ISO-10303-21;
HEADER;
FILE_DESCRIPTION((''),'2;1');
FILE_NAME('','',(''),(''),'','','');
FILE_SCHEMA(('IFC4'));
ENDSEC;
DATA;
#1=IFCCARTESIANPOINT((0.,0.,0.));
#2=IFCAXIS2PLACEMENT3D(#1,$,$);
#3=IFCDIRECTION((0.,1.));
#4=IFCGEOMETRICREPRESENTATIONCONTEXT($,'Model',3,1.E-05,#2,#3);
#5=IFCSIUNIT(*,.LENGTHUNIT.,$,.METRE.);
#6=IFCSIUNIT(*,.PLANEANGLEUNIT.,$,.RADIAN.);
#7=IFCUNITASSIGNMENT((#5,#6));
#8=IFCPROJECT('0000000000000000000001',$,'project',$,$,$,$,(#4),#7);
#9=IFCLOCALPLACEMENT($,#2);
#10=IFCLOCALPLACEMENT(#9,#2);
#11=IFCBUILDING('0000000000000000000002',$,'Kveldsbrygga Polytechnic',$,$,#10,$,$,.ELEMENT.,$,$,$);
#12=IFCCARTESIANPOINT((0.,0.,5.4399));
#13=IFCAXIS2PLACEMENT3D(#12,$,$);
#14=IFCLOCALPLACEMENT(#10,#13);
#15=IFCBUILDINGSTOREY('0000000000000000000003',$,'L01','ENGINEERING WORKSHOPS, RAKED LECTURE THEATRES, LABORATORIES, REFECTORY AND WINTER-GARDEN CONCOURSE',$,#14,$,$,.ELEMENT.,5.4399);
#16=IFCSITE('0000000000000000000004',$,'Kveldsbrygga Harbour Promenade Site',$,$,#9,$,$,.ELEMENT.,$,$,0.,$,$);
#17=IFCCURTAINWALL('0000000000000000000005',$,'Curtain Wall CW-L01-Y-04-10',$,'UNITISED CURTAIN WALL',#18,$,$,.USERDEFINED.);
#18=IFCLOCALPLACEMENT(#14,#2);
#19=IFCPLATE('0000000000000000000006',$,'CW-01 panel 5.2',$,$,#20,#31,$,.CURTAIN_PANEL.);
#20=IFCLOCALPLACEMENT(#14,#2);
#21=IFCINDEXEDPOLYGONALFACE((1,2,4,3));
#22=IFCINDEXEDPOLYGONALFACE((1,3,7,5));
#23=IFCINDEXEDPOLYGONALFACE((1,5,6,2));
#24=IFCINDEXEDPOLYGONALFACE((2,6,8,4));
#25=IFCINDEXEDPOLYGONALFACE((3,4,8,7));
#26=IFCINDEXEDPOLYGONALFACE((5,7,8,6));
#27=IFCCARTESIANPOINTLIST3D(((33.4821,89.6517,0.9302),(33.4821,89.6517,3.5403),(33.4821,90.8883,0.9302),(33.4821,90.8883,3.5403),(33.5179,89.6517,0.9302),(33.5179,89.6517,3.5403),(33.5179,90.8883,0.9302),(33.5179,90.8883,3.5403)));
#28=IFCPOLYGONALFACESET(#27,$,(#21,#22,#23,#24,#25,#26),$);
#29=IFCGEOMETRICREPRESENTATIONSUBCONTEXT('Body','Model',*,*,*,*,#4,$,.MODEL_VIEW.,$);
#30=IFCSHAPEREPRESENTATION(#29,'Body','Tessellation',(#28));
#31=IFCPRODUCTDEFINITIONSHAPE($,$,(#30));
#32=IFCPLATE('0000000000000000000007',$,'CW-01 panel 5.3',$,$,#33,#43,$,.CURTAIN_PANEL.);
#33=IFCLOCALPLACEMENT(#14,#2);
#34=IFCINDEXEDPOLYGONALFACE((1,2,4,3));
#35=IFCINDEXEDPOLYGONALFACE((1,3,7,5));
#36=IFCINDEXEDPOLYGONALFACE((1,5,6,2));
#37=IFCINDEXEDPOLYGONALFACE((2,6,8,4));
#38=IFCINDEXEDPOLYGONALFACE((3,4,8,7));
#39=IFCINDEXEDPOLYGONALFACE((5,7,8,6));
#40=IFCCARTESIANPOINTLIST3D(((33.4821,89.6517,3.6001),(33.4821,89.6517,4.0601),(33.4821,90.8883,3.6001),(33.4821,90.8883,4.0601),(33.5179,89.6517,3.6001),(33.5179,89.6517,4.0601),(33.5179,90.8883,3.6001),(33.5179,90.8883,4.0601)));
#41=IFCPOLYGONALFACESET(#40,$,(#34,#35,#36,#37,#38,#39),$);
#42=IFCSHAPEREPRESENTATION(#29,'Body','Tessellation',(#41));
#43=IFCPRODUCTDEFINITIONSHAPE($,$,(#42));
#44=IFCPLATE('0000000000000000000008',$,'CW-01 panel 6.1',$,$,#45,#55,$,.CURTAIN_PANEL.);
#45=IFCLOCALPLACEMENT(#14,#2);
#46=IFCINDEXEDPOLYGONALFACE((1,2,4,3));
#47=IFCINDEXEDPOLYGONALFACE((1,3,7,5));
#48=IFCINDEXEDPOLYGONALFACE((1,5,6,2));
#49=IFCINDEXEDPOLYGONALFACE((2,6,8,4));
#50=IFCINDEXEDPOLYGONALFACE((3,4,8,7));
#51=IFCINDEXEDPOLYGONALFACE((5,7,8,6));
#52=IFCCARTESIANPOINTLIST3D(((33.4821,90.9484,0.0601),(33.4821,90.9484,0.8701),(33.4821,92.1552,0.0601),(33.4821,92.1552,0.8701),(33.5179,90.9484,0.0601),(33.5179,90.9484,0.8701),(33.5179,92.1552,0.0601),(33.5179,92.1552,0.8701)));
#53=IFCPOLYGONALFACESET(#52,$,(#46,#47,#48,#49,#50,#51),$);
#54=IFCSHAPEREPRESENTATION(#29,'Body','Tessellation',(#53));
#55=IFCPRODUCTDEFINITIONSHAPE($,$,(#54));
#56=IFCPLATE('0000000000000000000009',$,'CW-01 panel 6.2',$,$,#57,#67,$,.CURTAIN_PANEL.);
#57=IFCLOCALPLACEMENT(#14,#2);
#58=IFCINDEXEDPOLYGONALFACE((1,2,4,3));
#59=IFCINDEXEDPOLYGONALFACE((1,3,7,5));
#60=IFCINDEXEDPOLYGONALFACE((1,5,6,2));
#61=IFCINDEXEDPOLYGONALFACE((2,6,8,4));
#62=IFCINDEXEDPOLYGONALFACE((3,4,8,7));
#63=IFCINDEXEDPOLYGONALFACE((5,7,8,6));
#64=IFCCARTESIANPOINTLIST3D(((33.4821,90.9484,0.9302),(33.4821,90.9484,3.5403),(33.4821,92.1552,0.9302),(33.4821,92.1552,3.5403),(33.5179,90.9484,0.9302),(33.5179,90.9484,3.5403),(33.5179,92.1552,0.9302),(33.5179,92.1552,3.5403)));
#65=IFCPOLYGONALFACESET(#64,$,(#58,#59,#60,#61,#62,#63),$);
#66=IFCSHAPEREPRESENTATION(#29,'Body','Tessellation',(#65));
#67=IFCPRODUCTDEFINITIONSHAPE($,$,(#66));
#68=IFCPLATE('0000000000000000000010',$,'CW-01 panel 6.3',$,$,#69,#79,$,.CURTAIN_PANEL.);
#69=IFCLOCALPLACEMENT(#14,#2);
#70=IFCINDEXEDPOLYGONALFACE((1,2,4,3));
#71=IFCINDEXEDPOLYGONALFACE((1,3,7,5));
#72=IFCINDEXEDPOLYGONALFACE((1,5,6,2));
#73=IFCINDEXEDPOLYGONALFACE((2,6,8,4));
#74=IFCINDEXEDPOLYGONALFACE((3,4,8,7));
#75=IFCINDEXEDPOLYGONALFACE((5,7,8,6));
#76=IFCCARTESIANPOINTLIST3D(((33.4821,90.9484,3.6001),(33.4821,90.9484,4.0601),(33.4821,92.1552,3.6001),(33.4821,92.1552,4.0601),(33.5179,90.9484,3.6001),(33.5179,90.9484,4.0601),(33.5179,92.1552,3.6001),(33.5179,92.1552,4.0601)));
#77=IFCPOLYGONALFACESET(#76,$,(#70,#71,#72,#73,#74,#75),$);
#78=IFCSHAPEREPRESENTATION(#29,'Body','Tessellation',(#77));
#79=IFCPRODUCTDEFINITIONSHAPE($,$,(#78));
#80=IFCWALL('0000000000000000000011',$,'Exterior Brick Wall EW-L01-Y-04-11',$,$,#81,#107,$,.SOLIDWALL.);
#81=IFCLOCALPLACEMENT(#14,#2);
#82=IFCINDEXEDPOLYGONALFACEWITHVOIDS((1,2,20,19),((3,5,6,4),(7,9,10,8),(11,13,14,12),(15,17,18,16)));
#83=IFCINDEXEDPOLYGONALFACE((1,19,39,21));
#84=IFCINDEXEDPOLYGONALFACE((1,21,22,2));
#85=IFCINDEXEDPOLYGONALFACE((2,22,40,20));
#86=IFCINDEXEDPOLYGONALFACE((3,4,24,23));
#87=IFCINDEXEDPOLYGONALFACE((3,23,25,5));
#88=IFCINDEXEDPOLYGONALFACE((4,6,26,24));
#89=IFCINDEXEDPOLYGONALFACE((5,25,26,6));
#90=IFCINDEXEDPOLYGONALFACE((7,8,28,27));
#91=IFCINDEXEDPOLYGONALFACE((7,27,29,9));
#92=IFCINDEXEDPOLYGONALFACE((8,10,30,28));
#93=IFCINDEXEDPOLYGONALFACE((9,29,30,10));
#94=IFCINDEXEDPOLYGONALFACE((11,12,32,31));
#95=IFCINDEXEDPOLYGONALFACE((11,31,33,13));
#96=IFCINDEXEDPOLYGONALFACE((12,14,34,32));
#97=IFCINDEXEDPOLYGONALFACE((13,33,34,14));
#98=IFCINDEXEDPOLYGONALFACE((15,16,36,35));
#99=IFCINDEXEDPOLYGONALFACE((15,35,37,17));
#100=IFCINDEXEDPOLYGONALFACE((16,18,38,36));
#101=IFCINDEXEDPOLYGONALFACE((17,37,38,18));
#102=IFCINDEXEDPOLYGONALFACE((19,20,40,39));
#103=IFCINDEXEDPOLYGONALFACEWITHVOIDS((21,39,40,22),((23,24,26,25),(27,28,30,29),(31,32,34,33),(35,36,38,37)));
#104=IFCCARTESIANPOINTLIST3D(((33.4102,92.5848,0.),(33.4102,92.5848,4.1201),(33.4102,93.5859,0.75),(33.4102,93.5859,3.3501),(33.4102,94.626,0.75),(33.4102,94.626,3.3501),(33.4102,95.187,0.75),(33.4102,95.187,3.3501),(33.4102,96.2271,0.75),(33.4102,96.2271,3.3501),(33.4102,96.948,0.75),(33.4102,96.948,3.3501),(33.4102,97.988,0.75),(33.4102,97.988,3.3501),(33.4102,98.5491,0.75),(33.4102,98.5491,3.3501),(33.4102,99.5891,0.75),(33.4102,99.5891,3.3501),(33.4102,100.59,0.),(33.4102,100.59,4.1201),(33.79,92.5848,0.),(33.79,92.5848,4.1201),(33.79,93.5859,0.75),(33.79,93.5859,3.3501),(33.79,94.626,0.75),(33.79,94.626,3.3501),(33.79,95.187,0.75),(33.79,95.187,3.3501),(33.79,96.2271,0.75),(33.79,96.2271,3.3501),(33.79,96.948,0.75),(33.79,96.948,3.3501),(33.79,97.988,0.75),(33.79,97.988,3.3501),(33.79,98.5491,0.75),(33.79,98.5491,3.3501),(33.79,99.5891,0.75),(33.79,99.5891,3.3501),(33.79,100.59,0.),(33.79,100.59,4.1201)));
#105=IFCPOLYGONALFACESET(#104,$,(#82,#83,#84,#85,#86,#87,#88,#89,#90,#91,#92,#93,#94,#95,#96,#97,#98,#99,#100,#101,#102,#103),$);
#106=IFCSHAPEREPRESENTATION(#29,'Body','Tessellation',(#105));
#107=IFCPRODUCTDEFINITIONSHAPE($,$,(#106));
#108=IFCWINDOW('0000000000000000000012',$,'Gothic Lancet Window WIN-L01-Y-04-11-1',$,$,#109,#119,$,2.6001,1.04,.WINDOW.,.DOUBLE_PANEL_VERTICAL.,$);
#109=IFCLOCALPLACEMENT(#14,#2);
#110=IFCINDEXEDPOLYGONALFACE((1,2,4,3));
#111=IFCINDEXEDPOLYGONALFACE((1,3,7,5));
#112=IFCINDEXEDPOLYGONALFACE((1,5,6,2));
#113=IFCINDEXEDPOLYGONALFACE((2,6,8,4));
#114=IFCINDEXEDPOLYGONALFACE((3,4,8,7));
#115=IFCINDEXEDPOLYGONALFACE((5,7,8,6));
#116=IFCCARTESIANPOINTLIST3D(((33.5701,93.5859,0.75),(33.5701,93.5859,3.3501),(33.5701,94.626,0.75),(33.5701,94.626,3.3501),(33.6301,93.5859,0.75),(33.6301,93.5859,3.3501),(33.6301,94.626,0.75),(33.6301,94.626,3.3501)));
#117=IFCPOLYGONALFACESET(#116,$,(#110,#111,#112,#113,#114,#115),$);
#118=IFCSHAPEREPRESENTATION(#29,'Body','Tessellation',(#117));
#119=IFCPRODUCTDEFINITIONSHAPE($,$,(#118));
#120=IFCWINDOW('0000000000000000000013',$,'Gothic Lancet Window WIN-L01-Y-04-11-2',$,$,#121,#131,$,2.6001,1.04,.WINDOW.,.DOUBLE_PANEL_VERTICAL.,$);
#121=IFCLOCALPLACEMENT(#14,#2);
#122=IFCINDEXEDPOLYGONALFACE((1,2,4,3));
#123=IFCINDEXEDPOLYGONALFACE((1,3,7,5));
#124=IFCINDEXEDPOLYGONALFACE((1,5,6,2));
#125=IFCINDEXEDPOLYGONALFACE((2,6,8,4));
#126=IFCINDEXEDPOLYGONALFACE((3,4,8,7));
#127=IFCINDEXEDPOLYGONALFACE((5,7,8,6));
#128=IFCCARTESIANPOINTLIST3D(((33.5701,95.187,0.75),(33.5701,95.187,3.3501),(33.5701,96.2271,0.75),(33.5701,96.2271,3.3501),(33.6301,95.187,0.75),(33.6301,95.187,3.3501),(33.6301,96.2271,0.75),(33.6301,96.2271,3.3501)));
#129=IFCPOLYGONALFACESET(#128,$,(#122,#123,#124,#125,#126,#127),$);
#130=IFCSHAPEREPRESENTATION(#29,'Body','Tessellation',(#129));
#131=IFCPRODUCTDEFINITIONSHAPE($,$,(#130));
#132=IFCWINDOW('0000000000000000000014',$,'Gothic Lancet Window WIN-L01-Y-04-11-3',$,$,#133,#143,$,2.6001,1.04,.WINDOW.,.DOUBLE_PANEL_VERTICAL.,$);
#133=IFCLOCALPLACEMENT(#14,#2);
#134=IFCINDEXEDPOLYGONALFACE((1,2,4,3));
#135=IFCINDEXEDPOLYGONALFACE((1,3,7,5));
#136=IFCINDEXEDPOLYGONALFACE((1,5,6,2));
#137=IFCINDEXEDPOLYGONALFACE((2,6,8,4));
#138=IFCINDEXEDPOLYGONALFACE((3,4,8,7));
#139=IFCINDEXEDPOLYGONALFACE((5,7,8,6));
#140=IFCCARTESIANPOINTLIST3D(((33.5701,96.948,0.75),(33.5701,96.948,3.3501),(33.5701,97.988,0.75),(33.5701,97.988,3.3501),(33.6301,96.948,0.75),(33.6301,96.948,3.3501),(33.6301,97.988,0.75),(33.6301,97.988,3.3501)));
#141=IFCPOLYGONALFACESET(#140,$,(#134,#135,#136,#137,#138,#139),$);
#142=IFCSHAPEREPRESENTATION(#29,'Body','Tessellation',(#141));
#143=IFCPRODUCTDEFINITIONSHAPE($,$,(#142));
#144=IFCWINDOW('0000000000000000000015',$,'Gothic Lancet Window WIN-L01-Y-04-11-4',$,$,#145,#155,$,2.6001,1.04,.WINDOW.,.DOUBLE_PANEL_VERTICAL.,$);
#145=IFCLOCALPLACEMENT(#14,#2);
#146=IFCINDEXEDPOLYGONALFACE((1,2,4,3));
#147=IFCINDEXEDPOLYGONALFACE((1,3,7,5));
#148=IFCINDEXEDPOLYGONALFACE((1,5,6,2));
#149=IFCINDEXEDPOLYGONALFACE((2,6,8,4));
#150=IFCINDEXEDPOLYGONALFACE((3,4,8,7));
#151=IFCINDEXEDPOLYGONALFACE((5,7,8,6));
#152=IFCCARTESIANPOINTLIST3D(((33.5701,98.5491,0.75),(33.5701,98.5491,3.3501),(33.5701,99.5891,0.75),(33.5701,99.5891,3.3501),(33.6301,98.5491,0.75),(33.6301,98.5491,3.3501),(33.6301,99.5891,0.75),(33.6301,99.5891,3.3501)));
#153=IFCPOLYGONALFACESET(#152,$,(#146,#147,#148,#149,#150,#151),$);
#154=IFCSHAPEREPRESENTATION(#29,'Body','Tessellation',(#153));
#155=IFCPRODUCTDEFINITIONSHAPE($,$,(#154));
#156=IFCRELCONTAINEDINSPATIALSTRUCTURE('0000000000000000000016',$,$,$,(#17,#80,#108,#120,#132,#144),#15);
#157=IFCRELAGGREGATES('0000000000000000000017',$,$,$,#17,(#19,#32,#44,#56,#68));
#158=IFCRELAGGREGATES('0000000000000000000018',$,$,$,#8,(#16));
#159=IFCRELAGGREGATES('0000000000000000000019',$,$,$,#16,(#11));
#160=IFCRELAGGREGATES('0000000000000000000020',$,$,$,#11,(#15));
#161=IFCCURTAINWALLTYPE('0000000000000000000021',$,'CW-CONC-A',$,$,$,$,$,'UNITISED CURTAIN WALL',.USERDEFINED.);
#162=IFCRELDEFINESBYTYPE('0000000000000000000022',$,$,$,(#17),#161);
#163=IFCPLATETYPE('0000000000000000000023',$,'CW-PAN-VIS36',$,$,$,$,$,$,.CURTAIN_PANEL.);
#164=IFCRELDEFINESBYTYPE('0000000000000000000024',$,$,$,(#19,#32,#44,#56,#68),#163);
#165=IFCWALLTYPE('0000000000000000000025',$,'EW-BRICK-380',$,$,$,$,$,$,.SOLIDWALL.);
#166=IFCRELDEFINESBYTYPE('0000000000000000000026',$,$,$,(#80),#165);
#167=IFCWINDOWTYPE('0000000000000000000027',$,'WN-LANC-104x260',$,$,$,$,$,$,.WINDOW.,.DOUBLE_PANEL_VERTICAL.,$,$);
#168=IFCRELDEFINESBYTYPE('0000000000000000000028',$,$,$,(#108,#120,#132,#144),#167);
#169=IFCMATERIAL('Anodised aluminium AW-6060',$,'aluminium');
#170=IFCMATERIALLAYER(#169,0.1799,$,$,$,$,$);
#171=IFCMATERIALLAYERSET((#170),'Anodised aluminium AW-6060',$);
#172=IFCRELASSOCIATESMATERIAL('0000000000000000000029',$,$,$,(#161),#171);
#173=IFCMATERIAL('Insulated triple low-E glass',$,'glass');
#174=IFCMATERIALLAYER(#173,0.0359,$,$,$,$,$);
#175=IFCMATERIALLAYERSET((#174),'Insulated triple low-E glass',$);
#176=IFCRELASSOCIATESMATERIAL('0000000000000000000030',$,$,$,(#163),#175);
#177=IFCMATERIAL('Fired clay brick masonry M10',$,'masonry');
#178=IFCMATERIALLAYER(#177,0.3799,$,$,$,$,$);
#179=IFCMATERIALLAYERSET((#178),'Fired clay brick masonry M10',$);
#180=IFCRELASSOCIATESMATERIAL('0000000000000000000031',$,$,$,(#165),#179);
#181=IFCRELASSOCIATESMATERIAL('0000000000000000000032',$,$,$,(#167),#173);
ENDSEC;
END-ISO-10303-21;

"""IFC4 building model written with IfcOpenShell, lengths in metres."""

from ifc_helpers import new_model, si_unit, direction, frame, frame_2d, origin, origin_2d, place, context, subcontext, project, spatial, rectangle, extrude, material, layer, layer_set, type_object, element, fill, aggregate, save


model = new_model("IFC4")

# Units and contexts
model_context = context("Model", 3, precision=1e-05, world=origin(), true_north=direction((0.0, 1.0)))
body_context = subcontext(model_context, "Body", "Model", "MODEL_VIEW")
ifc_project = project(units=[si_unit("LENGTHUNIT", "METRE"), si_unit("PLANEANGLEUNIT", "RADIAN")], contexts=[model_context])

# Site, building, storey
site_placement = place(None, origin())
site = spatial("IfcSite", under=ifc_project, at=site_placement, Name="Kveldsbrygga Harbour Promenade Site", CompositionType="ELEMENT", RefElevation=0.0)
building_placement = place(site_placement, origin())
building = spatial("IfcBuilding", under=site, at=building_placement, Name="Kveldsbrygga Polytechnic", CompositionType="ELEMENT")
storey_placement = place(building_placement, frame((0.0, 0.0, 5.4399)))
storey = spatial("IfcBuildingStorey", under=building, at=storey_placement, Name="L01", Description="ENGINEERING WORKSHOPS, RAKED LECTURE THEATRES, LABORATORIES, REFECTORY AND WINTER-GARDEN CONCOURSE", CompositionType="ELEMENT", Elevation=5.4399)

# Curtain wall
ifc_material_1 = material(Name="Anodised aluminium AW-6060", Category="aluminium")
ifc_layer_1 = layer(ifc_material_1, 0.1799)
ifc_layer_set_1 = layer_set([ifc_layer_1], Name="Anodised aluminium AW-6060")
curtain_wall_type = type_object("IfcCurtainWallType", Name="CW-CONC-A", ElementType="UNITISED CURTAIN WALL", PredefinedType="USERDEFINED", material=ifc_layer_set_1)
curtain_wall_placement = place(storey_placement, origin())
curtain_wall = element("IfcCurtainWall", 1, at=curtain_wall_placement, inside=storey, type_object=curtain_wall_type, Name="Curtain Wall CW-L01-Y-04-10", ObjectType="UNITISED CURTAIN WALL", PredefinedType="USERDEFINED")

# Plates
ifc_material_2 = material(Name="Insulated triple low-E glass", Category="glass")
ifc_layer_2 = layer(ifc_material_2, 0.0359)
ifc_layer_set_2 = layer_set([ifc_layer_2], Name="Insulated triple low-E glass")
plate_type_1 = type_object("IfcPlateType", Name="CW-PAN-VIS36", PredefinedType="CURTAIN_PANEL", material=ifc_layer_set_2)
plate_1_placement = place(storey_placement, frame((33.5, 90.27, 0.9302), z_axis=(0.0, 0.0, 1.0), x_axis=(0.0, 1.0, 0.0)))
plate_1 = element("IfcPlate", 2, at=plate_1_placement, type_object=plate_type_1, Name="CW-01 panel 5.2", PredefinedType="CURTAIN_PANEL", context=body_context, shape_type="SweptSolid", body=[
    extrude(rectangle(XDim=1.2366, YDim=0.0359, at=origin_2d()), origin(), (0.0, 0.0, 1.0), 2.6101),
])
plate_2_placement = place(storey_placement, frame((33.5, 90.27, 3.6001), z_axis=(0.0, 0.0, 1.0), x_axis=(0.0, 1.0, 0.0)))
plate_2 = element("IfcPlate", 3, at=plate_2_placement, type_object=plate_type_1, Name="CW-01 panel 5.3", PredefinedType="CURTAIN_PANEL", context=body_context, shape_type="SweptSolid", body=[
    extrude(rectangle(XDim=1.2366, YDim=0.0359, at=origin_2d()), origin(), (0.0, 0.0, 1.0), 0.46),
])
plate_3_placement = place(storey_placement, frame((33.5, 91.5518, 0.0601), z_axis=(0.0, 0.0, 1.0), x_axis=(0.0, 1.0, 0.0)))
plate_3 = element("IfcPlate", 4, at=plate_3_placement, type_object=plate_type_1, Name="CW-01 panel 6.1", PredefinedType="CURTAIN_PANEL", context=body_context, shape_type="SweptSolid", body=[
    extrude(rectangle(XDim=1.2068, YDim=0.0359, at=origin_2d()), origin(), (0.0, 0.0, 1.0), 0.8101),
])
plate_4_placement = place(storey_placement, frame((33.5, 91.5518, 0.9302), z_axis=(0.0, 0.0, 1.0), x_axis=(0.0, 1.0, 0.0)))
plate_4 = element("IfcPlate", 5, at=plate_4_placement, type_object=plate_type_1, Name="CW-01 panel 6.2", PredefinedType="CURTAIN_PANEL", context=body_context, shape_type="SweptSolid", body=[
    extrude(rectangle(XDim=1.2068, YDim=0.0359, at=origin_2d()), origin(), (0.0, 0.0, 1.0), 2.6101),
])
plate_5_placement = place(storey_placement, frame((33.5, 91.5518, 3.6001), z_axis=(0.0, 0.0, 1.0), x_axis=(0.0, 1.0, 0.0)))
plate_5 = element("IfcPlate", 6, at=plate_5_placement, type_object=plate_type_1, Name="CW-01 panel 6.3", PredefinedType="CURTAIN_PANEL", context=body_context, shape_type="SweptSolid", body=[
    extrude(rectangle(XDim=1.2068, YDim=0.0359, at=origin_2d()), origin(), (0.0, 0.0, 1.0), 0.46),
])
aggregate(curtain_wall, [plate_1, plate_2, plate_3, plate_4, plate_5])

# Wall, openings, windows
ifc_material_3 = material(Name="Fired clay brick masonry M10", Category="masonry")
ifc_layer_3 = layer(ifc_material_3, 0.3799)
ifc_layer_set_3 = layer_set([ifc_layer_3], Name="Fired clay brick masonry M10")
wall_type = type_object("IfcWallType", Name="EW-BRICK-380", PredefinedType="SOLIDWALL", material=ifc_layer_set_3)
wall_placement = place(storey_placement, frame((33.6001, 92.585, 0.0), z_axis=(0.0, 0.0, 1.0), x_axis=(0.0, 1.0, 0.0)))
wall = element("IfcWall", 7, at=wall_placement, inside=storey, type_object=wall_type, Name="Exterior Brick Wall EW-L01-Y-04-11", PredefinedType="SOLIDWALL", context=body_context, shape_type="SweptSolid", body=[
    extrude(rectangle(XDim=8.0051, YDim=0.3799, at=frame_2d((4.0024, 0.0))), origin(), (0.0, 0.0, 1.0), 4.1201),
])
opening_1_placement = place(wall_placement, frame((1.001, 0.0, 0.75)))
opening_1 = element("IfcOpeningElement", 8, at=opening_1_placement, cuts=wall, PredefinedType="OPENING", context=body_context, shape_type="SweptSolid", body=[
    extrude(rectangle(XDim=1.04, YDim=2.6001, at=frame_2d((0.52, 1.3))), frame((0.0, 0.2, 0.0), z_axis=(0.0, -1.0, 0.0), x_axis=(1.0, 0.0, 0.0)), (0.0, 0.0, 1.0), 0.3999),
])
opening_2_placement = place(wall_placement, frame((2.6021, 0.0, 0.75)))
opening_2 = element("IfcOpeningElement", 9, at=opening_2_placement, cuts=wall, PredefinedType="OPENING", context=body_context, shape_type="SweptSolid", body=[
    extrude(rectangle(XDim=1.04, YDim=2.6001, at=frame_2d((0.52, 1.3))), frame((0.0, 0.2, 0.0), z_axis=(0.0, -1.0, 0.0), x_axis=(1.0, 0.0, 0.0)), (0.0, 0.0, 1.0), 0.3999),
])
opening_3_placement = place(wall_placement, frame((4.363, 0.0, 0.75)))
opening_3 = element("IfcOpeningElement", 10, at=opening_3_placement, cuts=wall, PredefinedType="OPENING", context=body_context, shape_type="SweptSolid", body=[
    extrude(rectangle(XDim=1.04, YDim=2.6001, at=frame_2d((0.52, 1.3))), frame((0.0, 0.2, 0.0), z_axis=(0.0, -1.0, 0.0), x_axis=(1.0, 0.0, 0.0)), (0.0, 0.0, 1.0), 0.3999),
])
opening_4_placement = place(wall_placement, frame((5.9641, 0.0, 0.75)))
opening_4 = element("IfcOpeningElement", 11, at=opening_4_placement, cuts=wall, PredefinedType="OPENING", context=body_context, shape_type="SweptSolid", body=[
    extrude(rectangle(XDim=1.04, YDim=2.6001, at=frame_2d((0.52, 1.3))), frame((0.0, 0.2, 0.0), z_axis=(0.0, -1.0, 0.0), x_axis=(1.0, 0.0, 0.0)), (0.0, 0.0, 1.0), 0.3999),
])
window_type = type_object("IfcWindowType", Name="WN-LANC-104x260", PartitioningType="DOUBLE_PANEL_VERTICAL", PredefinedType="WINDOW", material=ifc_material_2)
window_1_placement = place(opening_1_placement, origin())
window_1 = element("IfcWindow", 12, at=window_1_placement, inside=storey, type_object=window_type, Name="Gothic Lancet Window WIN-L01-Y-04-11-1", OverallHeight=2.6001, OverallWidth=1.04, PartitioningType="DOUBLE_PANEL_VERTICAL", PredefinedType="WINDOW", context=body_context, shape_type="SweptSolid", body=[
    extrude(rectangle(XDim=1.04, YDim=2.6001, at=frame_2d((0.52, 1.3))), frame((0.0, 0.03, 0.0), z_axis=(0.0, -1.0, 0.0), x_axis=(1.0, 0.0, 0.0)), (0.0, 0.0, 1.0), 0.0601),
])
fill(opening_1, window_1)
window_2_placement = place(opening_2_placement, origin())
window_2 = element("IfcWindow", 13, at=window_2_placement, inside=storey, type_object=window_type, Name="Gothic Lancet Window WIN-L01-Y-04-11-2", OverallHeight=2.6001, OverallWidth=1.04, PartitioningType="DOUBLE_PANEL_VERTICAL", PredefinedType="WINDOW", context=body_context, shape_type="SweptSolid", body=[
    extrude(rectangle(XDim=1.04, YDim=2.6001, at=frame_2d((0.52, 1.3))), frame((0.0, 0.03, 0.0), z_axis=(0.0, -1.0, 0.0), x_axis=(1.0, 0.0, 0.0)), (0.0, 0.0, 1.0), 0.0601),
])
fill(opening_2, window_2)
window_3_placement = place(opening_3_placement, origin())
window_3 = element("IfcWindow", 14, at=window_3_placement, inside=storey, type_object=window_type, Name="Gothic Lancet Window WIN-L01-Y-04-11-3", OverallHeight=2.6001, OverallWidth=1.04, PartitioningType="DOUBLE_PANEL_VERTICAL", PredefinedType="WINDOW", context=body_context, shape_type="SweptSolid", body=[
    extrude(rectangle(XDim=1.04, YDim=2.6001, at=frame_2d((0.52, 1.3))), frame((0.0, 0.03, 0.0), z_axis=(0.0, -1.0, 0.0), x_axis=(1.0, 0.0, 0.0)), (0.0, 0.0, 1.0), 0.0601),
])
fill(opening_3, window_3)
window_4_placement = place(opening_4_placement, origin())
window_4 = element("IfcWindow", 15, at=window_4_placement, inside=storey, type_object=window_type, Name="Gothic Lancet Window WIN-L01-Y-04-11-4", OverallHeight=2.6001, OverallWidth=1.04, PartitioningType="DOUBLE_PANEL_VERTICAL", PredefinedType="WINDOW", context=body_context, shape_type="SweptSolid", body=[
    extrude(rectangle(XDim=1.04, YDim=2.6001, at=frame_2d((0.52, 1.3))), frame((0.0, 0.03, 0.0), z_axis=(0.0, -1.0, 0.0), x_axis=(1.0, 0.0, 0.0)), (0.0, 0.0, 1.0), 0.0601),
])
fill(opening_4, window_4)

save(model, "model.ifc")
